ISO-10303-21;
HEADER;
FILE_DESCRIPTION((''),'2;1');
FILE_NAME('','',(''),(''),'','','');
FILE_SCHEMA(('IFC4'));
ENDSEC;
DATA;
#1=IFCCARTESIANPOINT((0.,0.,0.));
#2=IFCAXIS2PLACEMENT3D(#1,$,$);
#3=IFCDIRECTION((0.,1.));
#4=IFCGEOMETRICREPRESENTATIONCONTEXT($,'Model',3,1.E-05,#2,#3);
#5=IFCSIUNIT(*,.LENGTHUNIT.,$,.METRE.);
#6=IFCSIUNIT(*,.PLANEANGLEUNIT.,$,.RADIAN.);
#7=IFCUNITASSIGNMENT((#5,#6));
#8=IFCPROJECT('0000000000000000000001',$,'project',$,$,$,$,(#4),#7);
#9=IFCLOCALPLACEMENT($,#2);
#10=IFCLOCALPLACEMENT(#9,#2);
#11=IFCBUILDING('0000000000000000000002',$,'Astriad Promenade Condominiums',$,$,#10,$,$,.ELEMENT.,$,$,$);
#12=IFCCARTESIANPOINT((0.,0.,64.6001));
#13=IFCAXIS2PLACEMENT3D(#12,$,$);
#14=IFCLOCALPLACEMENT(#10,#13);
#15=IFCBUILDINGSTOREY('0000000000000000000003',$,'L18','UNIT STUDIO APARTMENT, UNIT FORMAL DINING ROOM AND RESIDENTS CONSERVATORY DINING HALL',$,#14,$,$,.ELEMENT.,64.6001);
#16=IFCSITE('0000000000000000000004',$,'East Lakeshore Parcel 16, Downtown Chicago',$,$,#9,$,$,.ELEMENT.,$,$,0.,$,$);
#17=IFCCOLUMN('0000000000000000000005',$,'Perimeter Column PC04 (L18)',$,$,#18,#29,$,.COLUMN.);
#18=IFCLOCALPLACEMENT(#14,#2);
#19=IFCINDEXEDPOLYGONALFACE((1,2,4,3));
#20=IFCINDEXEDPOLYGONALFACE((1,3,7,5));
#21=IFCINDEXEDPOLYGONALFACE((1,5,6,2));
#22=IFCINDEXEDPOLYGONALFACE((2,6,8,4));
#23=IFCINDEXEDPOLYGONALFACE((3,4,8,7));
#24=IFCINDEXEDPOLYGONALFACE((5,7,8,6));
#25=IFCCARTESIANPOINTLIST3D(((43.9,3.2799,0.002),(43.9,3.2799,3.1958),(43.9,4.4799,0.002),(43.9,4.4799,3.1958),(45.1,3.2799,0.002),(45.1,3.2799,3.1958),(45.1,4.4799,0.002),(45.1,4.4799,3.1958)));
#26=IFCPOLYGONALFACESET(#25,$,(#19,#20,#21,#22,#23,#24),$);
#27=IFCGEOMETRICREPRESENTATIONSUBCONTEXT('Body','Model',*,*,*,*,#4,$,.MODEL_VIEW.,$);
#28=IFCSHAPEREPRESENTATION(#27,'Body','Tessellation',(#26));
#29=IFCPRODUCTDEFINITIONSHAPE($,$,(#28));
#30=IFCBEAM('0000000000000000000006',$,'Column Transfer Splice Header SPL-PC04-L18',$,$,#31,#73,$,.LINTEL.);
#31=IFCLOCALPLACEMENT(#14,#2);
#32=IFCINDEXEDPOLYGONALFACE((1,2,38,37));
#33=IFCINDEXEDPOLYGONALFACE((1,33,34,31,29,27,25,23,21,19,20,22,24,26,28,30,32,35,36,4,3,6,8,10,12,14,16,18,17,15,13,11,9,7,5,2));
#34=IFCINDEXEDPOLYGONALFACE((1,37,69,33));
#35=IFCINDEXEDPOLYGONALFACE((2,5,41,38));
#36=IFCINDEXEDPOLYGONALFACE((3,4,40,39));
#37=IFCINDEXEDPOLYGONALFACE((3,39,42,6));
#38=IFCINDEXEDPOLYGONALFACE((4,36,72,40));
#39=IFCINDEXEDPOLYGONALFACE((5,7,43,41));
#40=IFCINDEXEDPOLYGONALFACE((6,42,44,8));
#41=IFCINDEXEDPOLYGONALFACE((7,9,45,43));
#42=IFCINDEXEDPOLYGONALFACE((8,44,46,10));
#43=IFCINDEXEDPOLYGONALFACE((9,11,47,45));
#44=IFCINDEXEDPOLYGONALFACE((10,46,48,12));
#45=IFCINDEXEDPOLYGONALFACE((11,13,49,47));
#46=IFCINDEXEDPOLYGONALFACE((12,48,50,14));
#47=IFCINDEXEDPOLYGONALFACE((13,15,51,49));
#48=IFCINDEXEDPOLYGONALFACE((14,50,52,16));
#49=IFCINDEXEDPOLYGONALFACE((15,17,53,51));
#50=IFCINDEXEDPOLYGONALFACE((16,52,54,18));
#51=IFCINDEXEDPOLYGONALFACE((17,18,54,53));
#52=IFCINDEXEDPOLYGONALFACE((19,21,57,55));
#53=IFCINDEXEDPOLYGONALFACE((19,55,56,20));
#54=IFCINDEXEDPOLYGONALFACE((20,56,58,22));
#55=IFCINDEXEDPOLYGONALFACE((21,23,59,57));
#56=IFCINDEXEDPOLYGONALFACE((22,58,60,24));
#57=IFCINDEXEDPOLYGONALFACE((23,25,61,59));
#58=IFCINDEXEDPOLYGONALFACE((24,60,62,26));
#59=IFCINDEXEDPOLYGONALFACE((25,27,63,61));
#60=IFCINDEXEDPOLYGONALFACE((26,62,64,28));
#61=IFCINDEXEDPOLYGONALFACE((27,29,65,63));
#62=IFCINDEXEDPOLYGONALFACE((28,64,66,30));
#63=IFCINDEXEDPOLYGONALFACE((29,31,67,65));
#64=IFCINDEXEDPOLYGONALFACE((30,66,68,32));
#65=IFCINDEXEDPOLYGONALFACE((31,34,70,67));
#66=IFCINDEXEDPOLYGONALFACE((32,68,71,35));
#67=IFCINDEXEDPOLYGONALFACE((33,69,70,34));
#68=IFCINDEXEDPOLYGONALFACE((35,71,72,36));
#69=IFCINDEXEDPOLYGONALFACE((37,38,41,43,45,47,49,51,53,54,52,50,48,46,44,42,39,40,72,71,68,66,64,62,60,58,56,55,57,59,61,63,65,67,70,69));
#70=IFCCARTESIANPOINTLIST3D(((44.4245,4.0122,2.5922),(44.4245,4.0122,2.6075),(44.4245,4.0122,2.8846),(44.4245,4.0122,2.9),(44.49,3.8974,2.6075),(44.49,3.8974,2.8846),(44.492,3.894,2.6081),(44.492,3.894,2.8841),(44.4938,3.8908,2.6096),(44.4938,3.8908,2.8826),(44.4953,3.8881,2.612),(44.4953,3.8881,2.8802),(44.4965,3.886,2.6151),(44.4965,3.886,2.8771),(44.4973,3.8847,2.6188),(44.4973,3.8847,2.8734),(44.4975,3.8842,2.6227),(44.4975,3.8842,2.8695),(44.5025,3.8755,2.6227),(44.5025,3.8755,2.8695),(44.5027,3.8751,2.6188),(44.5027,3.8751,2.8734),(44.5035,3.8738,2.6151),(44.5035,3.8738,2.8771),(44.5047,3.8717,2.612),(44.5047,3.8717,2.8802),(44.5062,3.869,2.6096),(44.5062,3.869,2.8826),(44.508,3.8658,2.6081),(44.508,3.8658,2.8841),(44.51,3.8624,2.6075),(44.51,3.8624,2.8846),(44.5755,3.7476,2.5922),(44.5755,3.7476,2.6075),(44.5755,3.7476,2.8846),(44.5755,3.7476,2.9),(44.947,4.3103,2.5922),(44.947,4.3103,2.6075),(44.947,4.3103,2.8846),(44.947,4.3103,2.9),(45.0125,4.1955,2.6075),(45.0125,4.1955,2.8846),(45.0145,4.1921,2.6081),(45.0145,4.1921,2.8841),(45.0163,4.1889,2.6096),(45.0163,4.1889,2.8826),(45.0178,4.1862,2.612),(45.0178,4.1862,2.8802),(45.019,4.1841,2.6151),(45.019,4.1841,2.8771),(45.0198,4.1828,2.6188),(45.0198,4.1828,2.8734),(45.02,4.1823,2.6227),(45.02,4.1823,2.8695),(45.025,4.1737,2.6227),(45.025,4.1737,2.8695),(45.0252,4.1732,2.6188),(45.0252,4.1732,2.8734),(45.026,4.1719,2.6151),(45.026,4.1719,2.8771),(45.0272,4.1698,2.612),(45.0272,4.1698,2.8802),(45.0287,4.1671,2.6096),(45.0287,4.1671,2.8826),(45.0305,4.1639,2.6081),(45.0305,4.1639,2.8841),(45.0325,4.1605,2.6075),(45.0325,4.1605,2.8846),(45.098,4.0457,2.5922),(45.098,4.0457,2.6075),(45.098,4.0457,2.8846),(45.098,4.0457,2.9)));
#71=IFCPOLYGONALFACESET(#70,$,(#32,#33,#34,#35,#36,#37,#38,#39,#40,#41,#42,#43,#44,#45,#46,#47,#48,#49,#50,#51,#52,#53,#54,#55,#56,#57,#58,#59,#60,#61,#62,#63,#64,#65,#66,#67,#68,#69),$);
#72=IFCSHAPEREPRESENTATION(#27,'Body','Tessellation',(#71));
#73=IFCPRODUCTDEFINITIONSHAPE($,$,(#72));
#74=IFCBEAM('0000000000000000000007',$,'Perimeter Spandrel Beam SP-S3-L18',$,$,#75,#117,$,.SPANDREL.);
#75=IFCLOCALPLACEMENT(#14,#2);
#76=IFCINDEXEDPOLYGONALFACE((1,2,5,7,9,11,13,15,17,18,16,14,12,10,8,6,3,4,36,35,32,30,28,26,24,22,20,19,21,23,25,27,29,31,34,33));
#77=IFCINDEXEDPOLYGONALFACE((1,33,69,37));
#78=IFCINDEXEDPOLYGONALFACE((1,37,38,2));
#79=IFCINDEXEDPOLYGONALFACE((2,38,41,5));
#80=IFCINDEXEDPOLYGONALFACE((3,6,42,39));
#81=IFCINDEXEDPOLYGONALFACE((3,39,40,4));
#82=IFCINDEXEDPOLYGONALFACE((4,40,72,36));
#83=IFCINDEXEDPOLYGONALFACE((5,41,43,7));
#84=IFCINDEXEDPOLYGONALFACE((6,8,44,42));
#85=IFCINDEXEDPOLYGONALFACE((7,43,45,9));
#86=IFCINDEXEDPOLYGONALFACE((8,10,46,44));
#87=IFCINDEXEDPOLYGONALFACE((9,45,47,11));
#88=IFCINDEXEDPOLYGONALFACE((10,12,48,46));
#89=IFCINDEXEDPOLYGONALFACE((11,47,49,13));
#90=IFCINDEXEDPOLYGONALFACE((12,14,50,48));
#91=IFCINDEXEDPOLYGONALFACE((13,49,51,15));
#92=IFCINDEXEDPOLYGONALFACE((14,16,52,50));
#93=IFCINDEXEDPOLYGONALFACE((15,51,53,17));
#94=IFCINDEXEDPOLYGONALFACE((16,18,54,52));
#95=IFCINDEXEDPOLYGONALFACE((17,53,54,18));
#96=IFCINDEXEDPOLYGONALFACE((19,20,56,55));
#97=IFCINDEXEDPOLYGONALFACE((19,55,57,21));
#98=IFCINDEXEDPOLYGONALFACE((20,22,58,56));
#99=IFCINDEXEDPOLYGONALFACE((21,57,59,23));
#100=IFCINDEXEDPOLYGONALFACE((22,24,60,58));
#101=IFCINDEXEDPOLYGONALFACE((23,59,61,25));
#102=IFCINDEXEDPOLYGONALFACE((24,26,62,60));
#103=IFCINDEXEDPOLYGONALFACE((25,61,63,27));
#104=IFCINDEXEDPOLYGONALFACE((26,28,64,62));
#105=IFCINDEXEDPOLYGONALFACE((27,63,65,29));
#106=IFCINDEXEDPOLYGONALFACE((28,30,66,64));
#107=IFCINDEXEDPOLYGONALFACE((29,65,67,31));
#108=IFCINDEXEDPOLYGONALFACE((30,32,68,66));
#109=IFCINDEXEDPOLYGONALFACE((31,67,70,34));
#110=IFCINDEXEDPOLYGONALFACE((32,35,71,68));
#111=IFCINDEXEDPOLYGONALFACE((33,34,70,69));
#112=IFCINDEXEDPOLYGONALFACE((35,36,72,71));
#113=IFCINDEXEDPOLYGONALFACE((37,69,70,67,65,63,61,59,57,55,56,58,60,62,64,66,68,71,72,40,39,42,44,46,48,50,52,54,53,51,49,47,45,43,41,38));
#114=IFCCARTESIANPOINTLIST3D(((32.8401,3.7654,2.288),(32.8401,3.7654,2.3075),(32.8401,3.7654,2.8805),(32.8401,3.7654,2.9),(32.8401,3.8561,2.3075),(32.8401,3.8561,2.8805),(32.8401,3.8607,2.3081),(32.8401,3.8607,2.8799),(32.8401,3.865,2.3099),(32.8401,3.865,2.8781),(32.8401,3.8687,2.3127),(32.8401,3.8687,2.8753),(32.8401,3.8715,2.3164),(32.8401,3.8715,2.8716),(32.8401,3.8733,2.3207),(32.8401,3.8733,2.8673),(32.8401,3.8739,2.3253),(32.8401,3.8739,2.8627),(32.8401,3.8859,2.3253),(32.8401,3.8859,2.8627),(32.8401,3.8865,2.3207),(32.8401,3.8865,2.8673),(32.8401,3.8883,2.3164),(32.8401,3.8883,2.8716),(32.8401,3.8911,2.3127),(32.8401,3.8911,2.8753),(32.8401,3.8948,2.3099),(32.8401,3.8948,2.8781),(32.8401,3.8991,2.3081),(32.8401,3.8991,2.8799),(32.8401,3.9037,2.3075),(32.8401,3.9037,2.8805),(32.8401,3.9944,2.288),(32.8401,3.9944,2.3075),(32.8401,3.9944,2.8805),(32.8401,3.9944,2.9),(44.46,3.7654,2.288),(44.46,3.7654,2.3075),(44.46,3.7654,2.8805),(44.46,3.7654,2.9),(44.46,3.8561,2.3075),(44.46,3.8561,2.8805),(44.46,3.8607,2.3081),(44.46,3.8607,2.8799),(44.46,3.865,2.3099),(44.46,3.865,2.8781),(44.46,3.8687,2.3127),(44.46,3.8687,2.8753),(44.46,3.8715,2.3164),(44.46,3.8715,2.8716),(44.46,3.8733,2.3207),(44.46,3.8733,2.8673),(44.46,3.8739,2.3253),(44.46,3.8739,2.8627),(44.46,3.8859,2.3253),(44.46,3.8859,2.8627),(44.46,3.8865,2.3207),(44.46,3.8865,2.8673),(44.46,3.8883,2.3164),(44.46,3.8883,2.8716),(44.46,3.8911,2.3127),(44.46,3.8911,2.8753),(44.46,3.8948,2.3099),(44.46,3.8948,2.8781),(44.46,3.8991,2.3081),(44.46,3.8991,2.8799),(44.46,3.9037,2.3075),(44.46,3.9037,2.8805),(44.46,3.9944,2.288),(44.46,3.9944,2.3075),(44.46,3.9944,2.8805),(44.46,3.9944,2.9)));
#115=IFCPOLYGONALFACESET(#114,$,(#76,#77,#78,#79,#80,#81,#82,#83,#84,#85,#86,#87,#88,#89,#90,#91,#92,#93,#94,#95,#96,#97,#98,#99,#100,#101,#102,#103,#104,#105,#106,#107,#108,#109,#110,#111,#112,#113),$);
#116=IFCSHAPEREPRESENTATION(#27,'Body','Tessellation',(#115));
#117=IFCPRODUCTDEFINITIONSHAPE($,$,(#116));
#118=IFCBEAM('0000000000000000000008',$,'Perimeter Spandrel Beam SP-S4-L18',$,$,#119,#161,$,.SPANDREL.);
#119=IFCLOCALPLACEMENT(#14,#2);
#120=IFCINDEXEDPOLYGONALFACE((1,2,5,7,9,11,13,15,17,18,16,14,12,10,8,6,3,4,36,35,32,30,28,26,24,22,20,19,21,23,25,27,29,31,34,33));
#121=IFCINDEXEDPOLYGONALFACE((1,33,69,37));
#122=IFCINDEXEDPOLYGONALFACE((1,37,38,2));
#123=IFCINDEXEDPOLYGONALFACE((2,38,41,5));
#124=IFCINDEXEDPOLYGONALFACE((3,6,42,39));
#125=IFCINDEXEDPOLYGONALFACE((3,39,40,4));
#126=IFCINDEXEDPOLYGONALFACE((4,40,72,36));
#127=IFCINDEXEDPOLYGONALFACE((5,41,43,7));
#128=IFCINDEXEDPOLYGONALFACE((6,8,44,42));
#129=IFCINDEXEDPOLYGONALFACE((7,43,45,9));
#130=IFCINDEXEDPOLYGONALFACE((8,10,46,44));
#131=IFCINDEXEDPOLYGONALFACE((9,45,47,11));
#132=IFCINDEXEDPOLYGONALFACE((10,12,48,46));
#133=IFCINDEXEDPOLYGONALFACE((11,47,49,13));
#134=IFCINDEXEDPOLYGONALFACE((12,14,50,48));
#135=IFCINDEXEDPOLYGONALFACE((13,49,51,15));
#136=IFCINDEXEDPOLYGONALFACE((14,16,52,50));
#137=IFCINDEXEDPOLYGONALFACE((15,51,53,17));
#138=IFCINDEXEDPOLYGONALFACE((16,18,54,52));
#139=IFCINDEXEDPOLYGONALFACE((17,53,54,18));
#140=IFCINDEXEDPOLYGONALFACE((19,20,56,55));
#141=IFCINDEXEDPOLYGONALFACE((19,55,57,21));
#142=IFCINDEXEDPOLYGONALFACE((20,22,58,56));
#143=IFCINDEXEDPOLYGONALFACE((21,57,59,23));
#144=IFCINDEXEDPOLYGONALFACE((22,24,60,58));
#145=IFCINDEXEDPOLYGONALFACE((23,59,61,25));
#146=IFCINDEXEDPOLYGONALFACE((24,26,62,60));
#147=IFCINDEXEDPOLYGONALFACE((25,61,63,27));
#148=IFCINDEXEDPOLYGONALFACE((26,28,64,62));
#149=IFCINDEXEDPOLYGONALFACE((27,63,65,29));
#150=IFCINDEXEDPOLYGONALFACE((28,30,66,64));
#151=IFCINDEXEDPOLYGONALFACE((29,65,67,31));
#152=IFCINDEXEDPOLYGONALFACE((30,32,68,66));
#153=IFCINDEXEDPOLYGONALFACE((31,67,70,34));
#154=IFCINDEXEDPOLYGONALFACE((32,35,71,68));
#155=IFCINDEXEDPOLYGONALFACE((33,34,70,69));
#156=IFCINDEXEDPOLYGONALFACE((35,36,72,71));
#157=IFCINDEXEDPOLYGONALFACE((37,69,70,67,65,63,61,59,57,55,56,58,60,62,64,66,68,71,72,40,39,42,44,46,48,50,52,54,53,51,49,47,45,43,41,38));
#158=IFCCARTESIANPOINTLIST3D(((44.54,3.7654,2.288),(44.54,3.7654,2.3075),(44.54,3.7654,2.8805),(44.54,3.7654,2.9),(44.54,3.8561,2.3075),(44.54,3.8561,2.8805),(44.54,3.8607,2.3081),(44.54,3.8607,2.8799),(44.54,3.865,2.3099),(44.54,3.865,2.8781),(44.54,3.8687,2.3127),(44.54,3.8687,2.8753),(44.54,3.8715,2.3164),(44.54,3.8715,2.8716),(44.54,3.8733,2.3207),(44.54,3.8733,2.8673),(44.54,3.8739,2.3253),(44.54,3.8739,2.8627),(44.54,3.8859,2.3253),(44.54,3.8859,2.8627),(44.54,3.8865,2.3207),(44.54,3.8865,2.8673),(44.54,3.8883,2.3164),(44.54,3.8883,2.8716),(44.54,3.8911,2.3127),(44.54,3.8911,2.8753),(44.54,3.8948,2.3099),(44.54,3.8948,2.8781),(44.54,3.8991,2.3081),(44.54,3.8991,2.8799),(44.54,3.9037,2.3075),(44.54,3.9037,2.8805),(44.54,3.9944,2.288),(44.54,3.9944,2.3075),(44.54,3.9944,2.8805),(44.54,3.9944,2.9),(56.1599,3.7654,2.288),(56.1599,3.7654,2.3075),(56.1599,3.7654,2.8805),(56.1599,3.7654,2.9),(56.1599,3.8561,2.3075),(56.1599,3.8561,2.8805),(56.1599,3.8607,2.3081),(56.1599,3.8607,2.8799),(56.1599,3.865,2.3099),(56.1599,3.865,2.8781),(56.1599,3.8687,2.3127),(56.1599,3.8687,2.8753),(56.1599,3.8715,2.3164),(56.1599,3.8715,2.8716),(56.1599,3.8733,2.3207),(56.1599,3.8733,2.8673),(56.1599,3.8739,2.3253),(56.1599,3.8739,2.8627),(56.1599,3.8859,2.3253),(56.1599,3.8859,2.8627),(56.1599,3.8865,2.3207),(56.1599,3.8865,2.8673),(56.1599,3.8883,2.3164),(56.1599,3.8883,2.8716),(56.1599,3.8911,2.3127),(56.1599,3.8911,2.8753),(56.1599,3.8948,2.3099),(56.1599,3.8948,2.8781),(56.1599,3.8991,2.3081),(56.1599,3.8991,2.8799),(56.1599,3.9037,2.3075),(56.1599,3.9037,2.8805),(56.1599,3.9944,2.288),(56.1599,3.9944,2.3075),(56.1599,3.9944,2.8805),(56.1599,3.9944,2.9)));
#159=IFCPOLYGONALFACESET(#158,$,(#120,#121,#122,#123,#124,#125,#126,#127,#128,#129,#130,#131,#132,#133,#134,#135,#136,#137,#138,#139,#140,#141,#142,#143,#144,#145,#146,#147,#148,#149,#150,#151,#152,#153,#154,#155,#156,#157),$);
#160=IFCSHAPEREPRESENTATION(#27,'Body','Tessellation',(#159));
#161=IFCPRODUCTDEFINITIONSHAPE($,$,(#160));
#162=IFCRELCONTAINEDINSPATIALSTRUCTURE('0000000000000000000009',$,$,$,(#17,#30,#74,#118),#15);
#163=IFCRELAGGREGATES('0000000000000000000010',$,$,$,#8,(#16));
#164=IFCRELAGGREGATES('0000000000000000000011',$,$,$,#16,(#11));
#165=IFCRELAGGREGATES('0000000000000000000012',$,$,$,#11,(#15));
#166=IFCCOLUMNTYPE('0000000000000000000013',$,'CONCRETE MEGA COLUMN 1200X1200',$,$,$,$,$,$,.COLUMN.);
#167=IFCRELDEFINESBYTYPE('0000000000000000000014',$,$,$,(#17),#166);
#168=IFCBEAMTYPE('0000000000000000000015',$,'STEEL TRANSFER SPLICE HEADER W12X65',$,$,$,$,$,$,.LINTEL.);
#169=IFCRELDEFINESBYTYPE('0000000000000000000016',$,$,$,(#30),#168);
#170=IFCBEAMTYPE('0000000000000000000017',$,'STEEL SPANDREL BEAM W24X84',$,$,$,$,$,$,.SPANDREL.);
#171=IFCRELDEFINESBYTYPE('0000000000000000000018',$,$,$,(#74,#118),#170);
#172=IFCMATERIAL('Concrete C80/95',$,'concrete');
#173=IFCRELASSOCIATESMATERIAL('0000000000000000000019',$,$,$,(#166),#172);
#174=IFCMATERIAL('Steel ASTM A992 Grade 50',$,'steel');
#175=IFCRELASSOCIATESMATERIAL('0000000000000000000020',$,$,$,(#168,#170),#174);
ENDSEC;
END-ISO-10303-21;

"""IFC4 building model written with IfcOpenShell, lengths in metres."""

from ifc_helpers import new_model, si_unit, direction, frame, origin, origin_2d, place, context, subcontext, project, spatial, rectangle, i_section, extrude, source, transform, mapped, material, material_profile, profile_set, type_object, type_shapes, element, save


model = new_model("IFC4")

# Units and contexts
model_context = context("Model", 3, precision=1e-05, world=origin(), true_north=direction((0.0, 1.0)))
body_context = subcontext(model_context, "Body", "Model", "MODEL_VIEW")
ifc_project = project(units=[si_unit("LENGTHUNIT", "METRE"), si_unit("PLANEANGLEUNIT", "RADIAN")], contexts=[model_context])

# Site, building, storey
site_placement = place(None, origin())
site = spatial("IfcSite", under=ifc_project, at=site_placement, Name="East Lakeshore Parcel 16, Downtown Chicago", CompositionType="ELEMENT", RefElevation=0.0)
building_placement = place(site_placement, origin())
building = spatial("IfcBuilding", under=site, at=building_placement, Name="Astriad Promenade Condominiums", CompositionType="ELEMENT")
storey_placement = place(building_placement, frame((0.0, 0.0, 64.6001)))
storey = spatial("IfcBuildingStorey", under=building, at=storey_placement, Name="L18", Description="UNIT STUDIO APARTMENT, UNIT FORMAL DINING ROOM AND RESIDENTS CONSERVATORY DINING HALL", CompositionType="ELEMENT", Elevation=64.6001)

# Column
ifc_material_1 = material(Name="Concrete C80/95", Category="concrete")
ifc_material_profile_1 = material_profile(ifc_material_1, rectangle(XDim=1.2, YDim=1.2, at=origin_2d()), Name="RC-COL-1200X1200")
ifc_profile_set_1 = profile_set([ifc_material_profile_1], Name="Concrete C80/95")
column_type = type_object("IfcColumnType", Name="CONCRETE MEGA COLUMN 1200X1200", PredefinedType="COLUMN", material=ifc_profile_set_1)
shared_shape_1 = source(origin(), body_context, "Body", "SweptSolid", [
    extrude(rectangle(XDim=1.2, YDim=1.2, at=origin_2d()), origin(), (0.0, 0.0, 1.0), 3.1938),
])
type_shapes(column_type, [shared_shape_1])
column_placement = place(storey_placement, frame((44.5, 3.8799, 0.002), z_axis=(0.0, 0.0, 1.0), x_axis=(1.0, 0.0, 0.0)))
element("IfcColumn", 1, at=column_placement, inside=storey, type_object=column_type, Name="Perimeter Column PC04 (L18)", PredefinedType="COLUMN", context=body_context, shape_type="MappedRepresentation", body=[
    mapped(shared_shape_1, transform((0.0, 0.0, 0.0), scale=1.0)),
])

# Beams
ifc_material_2 = material(Name="Steel ASTM A992 Grade 50", Category="steel")
ifc_material_profile_2 = material_profile(ifc_material_2, i_section(OverallWidth=0.3047, OverallDepth=0.3079, WebThickness=0.01, FlangeThickness=0.0154, FilletRadius=0.0151, at=origin_2d()), Name="W12X65")
ifc_profile_set_2 = profile_set([ifc_material_profile_2], Name="Steel ASTM A992 Grade 50")
beam_type_1 = type_object("IfcBeamType", Name="STEEL TRANSFER SPLICE HEADER W12X65", PredefinedType="LINTEL", material=ifc_profile_set_2)
shared_shape_2 = source(origin(), body_context, "Body", "SweptSolid", [
    extrude(i_section(OverallWidth=0.3047, OverallDepth=0.3079, WebThickness=0.01, FlangeThickness=0.0154, FilletRadius=0.0151, at=origin_2d()), origin(), (0.0, 0.0, 1.0), 0.6016),
])
type_shapes(beam_type_1, [shared_shape_2])
beam_1_placement = place(storey_placement, frame((44.5, 3.8799, 2.7461), z_axis=(0.868568, 0.495571, 0.0), x_axis=(-0.495571, 0.868568, 0.0)))
element("IfcBeam", 2, at=beam_1_placement, inside=storey, type_object=beam_type_1, Name="Column Transfer Splice Header SPL-PC04-L18", PredefinedType="LINTEL", context=body_context, shape_type="MappedRepresentation", body=[
    mapped(shared_shape_2, transform((0.0, 0.0, 0.0), scale=1.0)),
])
ifc_material_profile_3 = material_profile(ifc_material_2, i_section(OverallWidth=0.229, OverallDepth=0.6121, WebThickness=0.012, FlangeThickness=0.0195, FilletRadius=0.0178, at=origin_2d()), Name="W24X84")
ifc_profile_set_3 = profile_set([ifc_material_profile_3], Name="Steel ASTM A992 Grade 50")
beam_type_2 = type_object("IfcBeamType", Name="STEEL SPANDREL BEAM W24X84", PredefinedType="SPANDREL", material=ifc_profile_set_3)
shared_shape_3 = source(origin(), body_context, "Body", "SweptSolid", [
    extrude(i_section(OverallWidth=0.229, OverallDepth=0.6121, WebThickness=0.012, FlangeThickness=0.0195, FilletRadius=0.0178, at=origin_2d()), origin(), (0.0, 0.0, 1.0), 11.6199),
])
type_shapes(beam_type_2, [shared_shape_3])
for number, where, z_axis, x_axis, name in (
    (3, (32.8401, 3.8799, 2.594), (1.0, 0.0, 0.0), (0.0, 1.0, 0.0), "Perimeter Spandrel Beam SP-S3-L18"),
    (4, (44.54, 3.8799, 2.594), (1.0, 0.0, 0.0), (0.0, 1.0, 0.0), "Perimeter Spandrel Beam SP-S4-L18"),
):
    element("IfcBeam", number, at=place(storey_placement, frame(where, z_axis=z_axis, x_axis=x_axis)), inside=storey, type_object=beam_type_2, Name=name, PredefinedType="SPANDREL", context=body_context, shape_type="MappedRepresentation", body=[
        mapped(shared_shape_3, transform((0.0, 0.0, 0.0), scale=1.0)),
    ])

save(model, "model.ifc")
